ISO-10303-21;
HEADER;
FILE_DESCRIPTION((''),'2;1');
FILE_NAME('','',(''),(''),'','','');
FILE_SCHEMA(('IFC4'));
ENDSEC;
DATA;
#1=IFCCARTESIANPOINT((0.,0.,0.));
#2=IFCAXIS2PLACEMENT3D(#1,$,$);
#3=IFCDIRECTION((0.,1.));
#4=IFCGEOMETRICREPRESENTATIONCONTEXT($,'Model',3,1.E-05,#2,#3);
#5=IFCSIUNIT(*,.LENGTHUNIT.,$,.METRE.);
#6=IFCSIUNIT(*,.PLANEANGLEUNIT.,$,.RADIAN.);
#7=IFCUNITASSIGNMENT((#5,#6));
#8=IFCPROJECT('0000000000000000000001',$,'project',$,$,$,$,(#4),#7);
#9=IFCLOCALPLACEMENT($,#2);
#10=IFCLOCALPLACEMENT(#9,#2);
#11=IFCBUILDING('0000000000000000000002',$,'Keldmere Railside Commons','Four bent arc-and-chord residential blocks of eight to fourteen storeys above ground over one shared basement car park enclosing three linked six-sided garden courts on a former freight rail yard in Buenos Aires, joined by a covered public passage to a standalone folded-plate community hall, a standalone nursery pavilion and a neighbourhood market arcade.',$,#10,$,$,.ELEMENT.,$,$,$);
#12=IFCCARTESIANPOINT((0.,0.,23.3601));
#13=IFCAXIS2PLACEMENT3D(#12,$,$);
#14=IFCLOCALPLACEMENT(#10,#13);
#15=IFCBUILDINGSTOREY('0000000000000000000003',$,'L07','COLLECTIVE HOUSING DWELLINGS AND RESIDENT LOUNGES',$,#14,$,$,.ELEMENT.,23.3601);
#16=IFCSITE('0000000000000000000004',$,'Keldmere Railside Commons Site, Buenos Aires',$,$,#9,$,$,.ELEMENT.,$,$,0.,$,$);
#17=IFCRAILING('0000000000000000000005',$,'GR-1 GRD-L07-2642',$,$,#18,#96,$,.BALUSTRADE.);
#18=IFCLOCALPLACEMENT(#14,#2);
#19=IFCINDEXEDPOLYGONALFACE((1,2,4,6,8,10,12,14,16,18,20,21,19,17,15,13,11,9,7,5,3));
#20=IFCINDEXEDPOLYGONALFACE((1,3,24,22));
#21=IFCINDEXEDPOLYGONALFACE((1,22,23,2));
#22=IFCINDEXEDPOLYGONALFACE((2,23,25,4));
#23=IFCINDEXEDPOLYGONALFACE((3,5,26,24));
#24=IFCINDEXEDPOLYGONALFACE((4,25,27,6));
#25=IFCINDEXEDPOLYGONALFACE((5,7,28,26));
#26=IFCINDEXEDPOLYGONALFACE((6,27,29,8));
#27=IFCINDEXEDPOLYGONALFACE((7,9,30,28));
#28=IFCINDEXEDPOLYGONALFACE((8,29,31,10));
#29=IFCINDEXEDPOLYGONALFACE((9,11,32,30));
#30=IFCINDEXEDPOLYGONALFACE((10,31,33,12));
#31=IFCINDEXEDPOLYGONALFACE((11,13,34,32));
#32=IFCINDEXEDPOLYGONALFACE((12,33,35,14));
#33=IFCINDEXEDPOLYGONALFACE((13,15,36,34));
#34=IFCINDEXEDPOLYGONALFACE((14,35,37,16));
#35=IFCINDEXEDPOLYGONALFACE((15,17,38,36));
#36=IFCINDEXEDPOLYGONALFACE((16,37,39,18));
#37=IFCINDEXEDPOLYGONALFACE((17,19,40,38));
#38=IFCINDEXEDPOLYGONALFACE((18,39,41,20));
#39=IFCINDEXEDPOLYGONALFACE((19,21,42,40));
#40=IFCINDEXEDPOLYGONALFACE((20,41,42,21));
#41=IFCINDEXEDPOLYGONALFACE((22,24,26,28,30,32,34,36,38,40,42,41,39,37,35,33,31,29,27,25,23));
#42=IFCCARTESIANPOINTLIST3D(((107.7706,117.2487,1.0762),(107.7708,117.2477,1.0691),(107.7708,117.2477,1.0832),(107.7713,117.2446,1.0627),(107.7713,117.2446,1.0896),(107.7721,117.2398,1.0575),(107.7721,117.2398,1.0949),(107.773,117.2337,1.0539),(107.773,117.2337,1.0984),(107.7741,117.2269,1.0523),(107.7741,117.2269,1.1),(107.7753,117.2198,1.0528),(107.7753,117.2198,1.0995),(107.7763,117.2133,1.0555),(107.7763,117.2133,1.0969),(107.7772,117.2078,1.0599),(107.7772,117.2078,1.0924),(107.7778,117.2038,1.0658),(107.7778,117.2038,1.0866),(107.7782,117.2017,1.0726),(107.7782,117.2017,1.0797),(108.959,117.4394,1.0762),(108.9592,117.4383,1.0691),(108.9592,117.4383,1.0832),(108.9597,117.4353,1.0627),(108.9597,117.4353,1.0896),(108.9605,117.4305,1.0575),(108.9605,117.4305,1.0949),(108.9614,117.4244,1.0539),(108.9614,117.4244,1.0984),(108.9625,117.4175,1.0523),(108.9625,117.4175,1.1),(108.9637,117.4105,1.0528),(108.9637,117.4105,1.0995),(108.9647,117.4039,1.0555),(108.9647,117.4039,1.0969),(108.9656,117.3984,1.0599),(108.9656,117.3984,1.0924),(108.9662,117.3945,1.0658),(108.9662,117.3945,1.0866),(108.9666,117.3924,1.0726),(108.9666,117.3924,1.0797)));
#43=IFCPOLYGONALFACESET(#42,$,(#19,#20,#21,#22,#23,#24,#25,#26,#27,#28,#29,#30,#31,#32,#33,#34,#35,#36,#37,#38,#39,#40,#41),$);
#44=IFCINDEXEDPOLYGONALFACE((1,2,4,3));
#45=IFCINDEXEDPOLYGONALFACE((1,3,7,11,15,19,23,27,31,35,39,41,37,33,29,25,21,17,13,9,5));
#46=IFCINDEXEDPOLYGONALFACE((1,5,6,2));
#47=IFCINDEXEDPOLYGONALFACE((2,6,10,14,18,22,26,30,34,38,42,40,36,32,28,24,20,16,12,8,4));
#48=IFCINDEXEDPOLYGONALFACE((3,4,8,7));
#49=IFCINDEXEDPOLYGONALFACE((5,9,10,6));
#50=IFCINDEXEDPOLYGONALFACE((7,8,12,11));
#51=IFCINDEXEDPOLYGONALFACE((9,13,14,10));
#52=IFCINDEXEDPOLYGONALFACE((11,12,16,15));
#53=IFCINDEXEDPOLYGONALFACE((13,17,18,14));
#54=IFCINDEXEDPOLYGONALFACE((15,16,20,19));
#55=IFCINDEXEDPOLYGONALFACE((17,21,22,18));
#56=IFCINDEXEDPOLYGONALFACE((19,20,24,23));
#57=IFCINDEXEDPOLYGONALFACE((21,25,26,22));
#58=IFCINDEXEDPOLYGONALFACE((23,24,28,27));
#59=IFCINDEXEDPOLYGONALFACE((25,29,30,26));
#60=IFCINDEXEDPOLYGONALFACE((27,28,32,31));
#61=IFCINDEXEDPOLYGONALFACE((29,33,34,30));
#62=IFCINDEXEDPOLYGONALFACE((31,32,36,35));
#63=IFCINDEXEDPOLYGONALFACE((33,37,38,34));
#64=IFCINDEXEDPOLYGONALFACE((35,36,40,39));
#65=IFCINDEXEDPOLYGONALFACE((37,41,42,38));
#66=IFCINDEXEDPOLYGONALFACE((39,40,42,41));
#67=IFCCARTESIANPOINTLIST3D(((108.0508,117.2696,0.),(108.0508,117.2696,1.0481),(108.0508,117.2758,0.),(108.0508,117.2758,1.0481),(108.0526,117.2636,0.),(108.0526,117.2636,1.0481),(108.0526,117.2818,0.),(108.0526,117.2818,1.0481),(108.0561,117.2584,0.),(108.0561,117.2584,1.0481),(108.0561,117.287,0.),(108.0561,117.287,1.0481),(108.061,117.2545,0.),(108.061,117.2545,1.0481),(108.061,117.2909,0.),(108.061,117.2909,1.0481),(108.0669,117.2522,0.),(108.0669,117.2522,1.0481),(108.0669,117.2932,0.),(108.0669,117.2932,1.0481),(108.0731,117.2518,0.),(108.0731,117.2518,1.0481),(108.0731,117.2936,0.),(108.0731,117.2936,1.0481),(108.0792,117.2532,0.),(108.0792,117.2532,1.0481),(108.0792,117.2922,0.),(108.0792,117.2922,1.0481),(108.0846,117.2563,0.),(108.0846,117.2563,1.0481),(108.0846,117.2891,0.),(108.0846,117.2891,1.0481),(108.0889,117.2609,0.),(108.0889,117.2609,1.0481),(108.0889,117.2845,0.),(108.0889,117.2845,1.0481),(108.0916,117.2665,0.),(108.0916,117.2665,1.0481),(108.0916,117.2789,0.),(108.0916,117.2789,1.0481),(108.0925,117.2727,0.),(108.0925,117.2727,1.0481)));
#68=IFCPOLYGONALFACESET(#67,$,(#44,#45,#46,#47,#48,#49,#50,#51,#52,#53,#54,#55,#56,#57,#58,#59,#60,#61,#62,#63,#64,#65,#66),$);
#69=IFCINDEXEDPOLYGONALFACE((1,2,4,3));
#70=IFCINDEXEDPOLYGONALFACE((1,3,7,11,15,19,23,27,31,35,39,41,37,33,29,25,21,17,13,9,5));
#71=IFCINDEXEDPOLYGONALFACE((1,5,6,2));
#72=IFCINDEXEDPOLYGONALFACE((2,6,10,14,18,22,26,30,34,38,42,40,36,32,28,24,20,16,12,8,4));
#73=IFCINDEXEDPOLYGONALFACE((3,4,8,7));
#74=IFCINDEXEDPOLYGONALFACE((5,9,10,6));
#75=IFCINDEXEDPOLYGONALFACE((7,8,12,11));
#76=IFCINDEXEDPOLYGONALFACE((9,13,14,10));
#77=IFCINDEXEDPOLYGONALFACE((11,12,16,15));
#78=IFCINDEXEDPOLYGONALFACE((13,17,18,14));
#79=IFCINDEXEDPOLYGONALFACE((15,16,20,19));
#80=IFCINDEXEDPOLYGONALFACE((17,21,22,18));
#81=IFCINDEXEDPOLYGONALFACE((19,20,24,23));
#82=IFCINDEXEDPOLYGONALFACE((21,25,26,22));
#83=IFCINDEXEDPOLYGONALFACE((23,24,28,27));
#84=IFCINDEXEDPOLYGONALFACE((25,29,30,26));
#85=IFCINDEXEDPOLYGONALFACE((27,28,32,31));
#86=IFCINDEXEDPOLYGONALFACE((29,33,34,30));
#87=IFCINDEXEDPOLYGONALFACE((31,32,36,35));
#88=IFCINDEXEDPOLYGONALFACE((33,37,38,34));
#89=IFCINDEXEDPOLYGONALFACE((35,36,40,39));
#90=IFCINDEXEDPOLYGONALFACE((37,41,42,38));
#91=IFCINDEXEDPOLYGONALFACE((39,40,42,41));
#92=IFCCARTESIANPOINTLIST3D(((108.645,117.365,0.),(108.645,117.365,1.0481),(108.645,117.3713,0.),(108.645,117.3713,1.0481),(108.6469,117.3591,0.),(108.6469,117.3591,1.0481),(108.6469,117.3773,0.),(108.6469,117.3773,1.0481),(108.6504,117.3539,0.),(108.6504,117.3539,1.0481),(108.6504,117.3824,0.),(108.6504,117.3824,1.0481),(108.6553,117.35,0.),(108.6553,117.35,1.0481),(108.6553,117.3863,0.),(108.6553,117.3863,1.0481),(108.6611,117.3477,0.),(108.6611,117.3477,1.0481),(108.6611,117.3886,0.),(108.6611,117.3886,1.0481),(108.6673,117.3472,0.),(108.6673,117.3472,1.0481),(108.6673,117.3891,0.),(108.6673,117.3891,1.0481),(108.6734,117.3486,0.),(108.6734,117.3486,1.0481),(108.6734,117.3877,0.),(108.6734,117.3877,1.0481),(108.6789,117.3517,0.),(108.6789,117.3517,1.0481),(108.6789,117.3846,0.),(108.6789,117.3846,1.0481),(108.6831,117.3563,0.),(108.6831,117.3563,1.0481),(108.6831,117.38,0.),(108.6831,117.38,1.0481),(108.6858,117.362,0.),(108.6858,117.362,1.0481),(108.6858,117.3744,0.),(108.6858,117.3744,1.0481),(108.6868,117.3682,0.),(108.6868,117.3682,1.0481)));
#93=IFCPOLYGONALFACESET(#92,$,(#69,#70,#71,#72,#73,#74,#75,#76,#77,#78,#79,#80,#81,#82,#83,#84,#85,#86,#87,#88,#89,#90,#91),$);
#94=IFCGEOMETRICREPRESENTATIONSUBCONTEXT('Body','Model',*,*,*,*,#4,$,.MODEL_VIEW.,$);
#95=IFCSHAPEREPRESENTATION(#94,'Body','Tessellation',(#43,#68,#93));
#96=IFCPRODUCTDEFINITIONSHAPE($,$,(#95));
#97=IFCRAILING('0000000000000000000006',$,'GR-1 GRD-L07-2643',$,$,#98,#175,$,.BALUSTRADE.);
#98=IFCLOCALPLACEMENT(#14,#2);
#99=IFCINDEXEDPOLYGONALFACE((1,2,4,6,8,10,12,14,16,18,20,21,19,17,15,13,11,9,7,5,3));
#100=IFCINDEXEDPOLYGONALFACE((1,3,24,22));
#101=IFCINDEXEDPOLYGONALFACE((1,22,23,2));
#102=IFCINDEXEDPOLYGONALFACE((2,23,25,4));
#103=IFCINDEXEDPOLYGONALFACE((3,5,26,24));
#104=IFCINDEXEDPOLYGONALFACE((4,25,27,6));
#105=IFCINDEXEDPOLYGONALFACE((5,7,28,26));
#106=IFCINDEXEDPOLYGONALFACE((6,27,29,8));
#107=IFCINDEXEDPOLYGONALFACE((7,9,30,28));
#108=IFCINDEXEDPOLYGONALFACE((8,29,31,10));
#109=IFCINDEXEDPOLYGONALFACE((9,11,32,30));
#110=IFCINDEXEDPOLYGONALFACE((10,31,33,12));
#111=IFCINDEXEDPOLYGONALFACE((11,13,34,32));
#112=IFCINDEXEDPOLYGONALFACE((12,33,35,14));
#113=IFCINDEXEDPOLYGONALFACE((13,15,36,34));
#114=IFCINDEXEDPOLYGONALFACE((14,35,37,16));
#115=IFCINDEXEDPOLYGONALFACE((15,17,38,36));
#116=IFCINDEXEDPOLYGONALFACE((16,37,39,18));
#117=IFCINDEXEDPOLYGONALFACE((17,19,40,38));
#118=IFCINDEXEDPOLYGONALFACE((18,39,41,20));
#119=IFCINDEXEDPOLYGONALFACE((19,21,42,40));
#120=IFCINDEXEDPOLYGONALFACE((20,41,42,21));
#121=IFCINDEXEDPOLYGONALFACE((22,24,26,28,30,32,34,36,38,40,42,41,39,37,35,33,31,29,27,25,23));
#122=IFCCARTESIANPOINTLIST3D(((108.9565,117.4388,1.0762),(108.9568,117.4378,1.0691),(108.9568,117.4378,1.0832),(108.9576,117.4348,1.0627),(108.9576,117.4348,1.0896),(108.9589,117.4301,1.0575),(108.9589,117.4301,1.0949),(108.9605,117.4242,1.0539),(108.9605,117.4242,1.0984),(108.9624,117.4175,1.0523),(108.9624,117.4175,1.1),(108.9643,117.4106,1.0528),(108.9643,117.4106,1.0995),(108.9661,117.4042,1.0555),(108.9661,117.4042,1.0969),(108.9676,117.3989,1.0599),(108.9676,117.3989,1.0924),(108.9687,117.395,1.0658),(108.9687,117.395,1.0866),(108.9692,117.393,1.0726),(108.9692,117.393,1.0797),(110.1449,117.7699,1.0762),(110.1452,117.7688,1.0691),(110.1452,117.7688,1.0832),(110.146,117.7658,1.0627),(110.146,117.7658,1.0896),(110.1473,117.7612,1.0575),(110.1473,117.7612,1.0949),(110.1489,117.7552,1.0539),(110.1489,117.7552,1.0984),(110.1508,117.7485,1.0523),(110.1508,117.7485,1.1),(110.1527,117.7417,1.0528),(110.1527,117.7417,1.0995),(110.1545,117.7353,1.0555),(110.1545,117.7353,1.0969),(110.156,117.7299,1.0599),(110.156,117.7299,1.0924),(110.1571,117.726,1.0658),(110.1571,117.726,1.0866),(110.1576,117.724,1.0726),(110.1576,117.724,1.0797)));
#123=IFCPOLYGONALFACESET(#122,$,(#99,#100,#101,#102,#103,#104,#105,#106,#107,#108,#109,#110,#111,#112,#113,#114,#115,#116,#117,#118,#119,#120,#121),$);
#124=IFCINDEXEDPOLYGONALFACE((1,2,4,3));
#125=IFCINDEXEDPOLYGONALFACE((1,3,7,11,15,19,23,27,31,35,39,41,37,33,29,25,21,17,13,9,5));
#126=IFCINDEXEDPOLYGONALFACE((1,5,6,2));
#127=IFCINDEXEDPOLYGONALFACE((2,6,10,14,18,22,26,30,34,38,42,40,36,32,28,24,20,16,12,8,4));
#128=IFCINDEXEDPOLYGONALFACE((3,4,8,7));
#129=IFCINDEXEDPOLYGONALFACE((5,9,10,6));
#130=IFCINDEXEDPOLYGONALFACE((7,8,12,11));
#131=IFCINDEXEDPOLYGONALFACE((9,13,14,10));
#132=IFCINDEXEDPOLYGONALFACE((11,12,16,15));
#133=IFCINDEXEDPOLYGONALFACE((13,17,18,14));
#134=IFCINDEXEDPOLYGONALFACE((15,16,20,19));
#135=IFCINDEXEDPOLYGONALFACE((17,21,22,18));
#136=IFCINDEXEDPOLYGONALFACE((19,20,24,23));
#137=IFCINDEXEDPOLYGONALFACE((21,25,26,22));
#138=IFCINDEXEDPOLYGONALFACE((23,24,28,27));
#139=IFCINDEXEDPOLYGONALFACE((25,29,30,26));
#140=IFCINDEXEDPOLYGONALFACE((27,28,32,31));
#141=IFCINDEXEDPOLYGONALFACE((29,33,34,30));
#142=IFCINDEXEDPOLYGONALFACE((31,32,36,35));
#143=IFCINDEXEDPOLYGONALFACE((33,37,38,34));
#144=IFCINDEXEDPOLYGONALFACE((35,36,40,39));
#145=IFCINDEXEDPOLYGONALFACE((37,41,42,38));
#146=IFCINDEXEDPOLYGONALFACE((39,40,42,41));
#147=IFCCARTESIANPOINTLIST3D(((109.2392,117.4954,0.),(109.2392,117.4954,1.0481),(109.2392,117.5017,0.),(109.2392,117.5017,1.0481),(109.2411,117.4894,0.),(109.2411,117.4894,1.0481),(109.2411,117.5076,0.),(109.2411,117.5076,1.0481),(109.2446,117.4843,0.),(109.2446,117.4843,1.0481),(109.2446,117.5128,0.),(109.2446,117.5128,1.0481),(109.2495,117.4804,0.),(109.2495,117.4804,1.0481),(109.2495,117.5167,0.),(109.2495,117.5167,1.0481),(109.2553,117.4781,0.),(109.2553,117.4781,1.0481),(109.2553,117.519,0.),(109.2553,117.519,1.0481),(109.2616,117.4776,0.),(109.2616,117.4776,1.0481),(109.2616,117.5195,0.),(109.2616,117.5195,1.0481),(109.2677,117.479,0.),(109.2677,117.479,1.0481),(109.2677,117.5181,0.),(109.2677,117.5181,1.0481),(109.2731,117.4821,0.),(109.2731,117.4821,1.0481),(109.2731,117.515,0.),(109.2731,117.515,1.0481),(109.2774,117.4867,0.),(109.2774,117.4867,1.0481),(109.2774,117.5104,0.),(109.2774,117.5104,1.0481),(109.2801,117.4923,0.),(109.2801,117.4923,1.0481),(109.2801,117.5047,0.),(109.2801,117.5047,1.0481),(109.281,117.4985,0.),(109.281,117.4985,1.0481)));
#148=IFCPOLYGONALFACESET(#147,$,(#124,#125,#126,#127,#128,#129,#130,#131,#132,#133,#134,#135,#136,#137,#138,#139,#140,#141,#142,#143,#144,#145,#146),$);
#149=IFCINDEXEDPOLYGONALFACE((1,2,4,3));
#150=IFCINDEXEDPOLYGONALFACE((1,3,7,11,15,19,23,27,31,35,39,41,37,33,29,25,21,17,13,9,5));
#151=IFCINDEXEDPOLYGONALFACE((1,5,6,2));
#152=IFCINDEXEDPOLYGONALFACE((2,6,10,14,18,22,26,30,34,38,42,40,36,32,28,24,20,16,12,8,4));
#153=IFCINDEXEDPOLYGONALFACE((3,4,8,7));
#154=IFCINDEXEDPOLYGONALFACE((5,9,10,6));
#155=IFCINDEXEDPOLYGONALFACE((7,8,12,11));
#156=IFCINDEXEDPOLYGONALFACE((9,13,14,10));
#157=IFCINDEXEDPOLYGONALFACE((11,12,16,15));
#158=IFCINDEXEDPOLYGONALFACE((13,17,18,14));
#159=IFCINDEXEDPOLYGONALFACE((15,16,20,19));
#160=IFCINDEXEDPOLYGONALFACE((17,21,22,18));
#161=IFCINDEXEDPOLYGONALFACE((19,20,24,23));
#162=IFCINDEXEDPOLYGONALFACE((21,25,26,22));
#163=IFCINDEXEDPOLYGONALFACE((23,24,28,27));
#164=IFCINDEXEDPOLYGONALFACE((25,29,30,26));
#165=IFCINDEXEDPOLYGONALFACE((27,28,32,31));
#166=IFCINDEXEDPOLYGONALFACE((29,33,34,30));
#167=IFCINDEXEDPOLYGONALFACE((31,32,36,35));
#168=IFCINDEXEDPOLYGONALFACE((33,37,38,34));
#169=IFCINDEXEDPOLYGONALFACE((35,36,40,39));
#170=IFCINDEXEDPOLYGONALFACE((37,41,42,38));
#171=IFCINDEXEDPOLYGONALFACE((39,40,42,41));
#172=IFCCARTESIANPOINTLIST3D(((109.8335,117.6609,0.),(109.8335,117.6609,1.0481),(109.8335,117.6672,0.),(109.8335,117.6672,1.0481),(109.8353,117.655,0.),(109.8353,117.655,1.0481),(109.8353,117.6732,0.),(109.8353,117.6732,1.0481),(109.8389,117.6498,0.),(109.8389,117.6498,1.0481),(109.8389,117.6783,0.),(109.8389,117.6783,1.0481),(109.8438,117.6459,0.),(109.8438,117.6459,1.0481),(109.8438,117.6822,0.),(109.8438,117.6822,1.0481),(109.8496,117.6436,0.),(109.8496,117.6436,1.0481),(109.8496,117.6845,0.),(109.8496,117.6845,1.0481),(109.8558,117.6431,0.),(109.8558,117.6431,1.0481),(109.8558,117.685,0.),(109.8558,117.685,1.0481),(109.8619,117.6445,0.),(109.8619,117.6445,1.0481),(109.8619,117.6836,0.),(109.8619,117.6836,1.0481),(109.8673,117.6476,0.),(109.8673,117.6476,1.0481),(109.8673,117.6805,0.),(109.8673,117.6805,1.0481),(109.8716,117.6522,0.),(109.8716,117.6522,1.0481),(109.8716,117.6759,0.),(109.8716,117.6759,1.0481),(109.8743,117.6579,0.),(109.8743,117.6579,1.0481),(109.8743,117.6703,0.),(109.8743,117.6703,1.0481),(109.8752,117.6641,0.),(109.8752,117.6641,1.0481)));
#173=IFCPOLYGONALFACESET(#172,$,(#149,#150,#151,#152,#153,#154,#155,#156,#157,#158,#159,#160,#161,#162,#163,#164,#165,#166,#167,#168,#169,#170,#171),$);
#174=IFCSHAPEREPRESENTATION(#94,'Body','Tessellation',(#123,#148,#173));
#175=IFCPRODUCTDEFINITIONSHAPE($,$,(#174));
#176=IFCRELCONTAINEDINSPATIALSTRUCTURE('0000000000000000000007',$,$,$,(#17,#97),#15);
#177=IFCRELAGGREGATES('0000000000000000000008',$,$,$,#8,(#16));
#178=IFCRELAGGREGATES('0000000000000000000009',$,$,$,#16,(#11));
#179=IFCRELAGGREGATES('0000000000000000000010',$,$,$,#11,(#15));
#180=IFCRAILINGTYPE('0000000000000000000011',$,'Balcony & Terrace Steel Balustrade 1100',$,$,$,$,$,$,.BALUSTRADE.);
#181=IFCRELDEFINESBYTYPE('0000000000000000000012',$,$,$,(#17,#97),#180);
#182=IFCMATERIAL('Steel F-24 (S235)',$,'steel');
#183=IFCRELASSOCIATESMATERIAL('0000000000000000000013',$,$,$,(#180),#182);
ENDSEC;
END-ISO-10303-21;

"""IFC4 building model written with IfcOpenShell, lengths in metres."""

from ifc_helpers import new_model, si_unit, direction, frame, origin, origin_2d, place, context, subcontext, project, spatial, circle, extrude, material, type_object, element, save


model = new_model("IFC4")

# Units and contexts
model_context = context("Model", 3, precision=1e-05, world=origin(), true_north=direction((0.0, 1.0)))
body_context = subcontext(model_context, "Body", "Model", "MODEL_VIEW")
ifc_project = project(units=[si_unit("LENGTHUNIT", "METRE"), si_unit("PLANEANGLEUNIT", "RADIAN")], contexts=[model_context])

# Site, building, storey
site_placement = place(None, origin())
site = spatial("IfcSite", under=ifc_project, at=site_placement, Name="Keldmere Railside Commons Site, Buenos Aires", CompositionType="ELEMENT", RefElevation=0.0)
building_placement = place(site_placement, origin())
building = spatial("IfcBuilding", under=site, at=building_placement, Name="Keldmere Railside Commons", Description="Four bent arc-and-chord residential blocks of eight to fourteen storeys above ground over one shared basement car park enclosing three linked six-sided garden courts on a former freight rail yard in Buenos Aires, joined by a covered public passage to a standalone folded-plate community hall, a standalone nursery pavilion and a neighbourhood market arcade.", CompositionType="ELEMENT")
storey_placement = place(building_placement, frame((0.0, 0.0, 23.3601)))
storey = spatial("IfcBuildingStorey", under=building, at=storey_placement, Name="L07", Description="COLLECTIVE HOUSING DWELLINGS AND RESIDENT LOUNGES", CompositionType="ELEMENT", Elevation=23.3601)

# Railings
ifc_material_1 = material(Name="Steel F-24 (S235)", Category="steel")
railing_type = type_object("IfcRailingType", Name="Balcony & Terrace Steel Balustrade 1100", PredefinedType="BALUSTRADE", material=ifc_material_1)
railing_1_placement = place(storey_placement, frame((107.7744, 117.2251, 0.0)))
element("IfcRailing", 1, at=railing_1_placement, inside=storey, type_object=railing_type, Name="GR-1 GRD-L07-2642", PredefinedType="BALUSTRADE", context=body_context, shape_type="SweptSolid", body=[
    extrude(circle(Radius=0.0239, at=origin_2d()), frame((0.0, 0.0, 1.0762), z_axis=(0.987373, 0.15841, 0.0), x_axis=(-0.15841, 0.987373, 0.0)), (0.0, 0.0, 1.0), 1.2036),
    extrude(circle(Radius=0.021, at=origin_2d()), frame((0.2971, 0.0476, 0.0)), (0.0, 0.0, 1.0), 1.0481),
    extrude(circle(Radius=0.021, at=origin_2d()), frame((0.8914, 0.1431, 0.0)), (0.0, 0.0, 1.0), 1.0481),
])
railing_2_placement = place(storey_placement, frame((108.9629, 117.4158, 0.0)))
element("IfcRailing", 2, at=railing_2_placement, inside=storey, type_object=railing_type, Name="GR-1 GRD-L07-2643", PredefinedType="BALUSTRADE", context=body_context, shape_type="SweptSolid", body=[
    extrude(circle(Radius=0.0239, at=origin_2d()), frame((0.0, 0.0, 1.0762), z_axis=(0.963325, 0.268338, 0.0), x_axis=(-0.268338, 0.963325, 0.0)), (0.0, 0.0, 1.0), 1.2336),
    extrude(circle(Radius=0.021, at=origin_2d()), frame((0.2971, 0.0828, 0.0)), (0.0, 0.0, 1.0), 1.0481),
    extrude(circle(Radius=0.021, at=origin_2d()), frame((0.8914, 0.2483, 0.0)), (0.0, 0.0, 1.0), 1.0481),
])

save(model, "model.ifc")
